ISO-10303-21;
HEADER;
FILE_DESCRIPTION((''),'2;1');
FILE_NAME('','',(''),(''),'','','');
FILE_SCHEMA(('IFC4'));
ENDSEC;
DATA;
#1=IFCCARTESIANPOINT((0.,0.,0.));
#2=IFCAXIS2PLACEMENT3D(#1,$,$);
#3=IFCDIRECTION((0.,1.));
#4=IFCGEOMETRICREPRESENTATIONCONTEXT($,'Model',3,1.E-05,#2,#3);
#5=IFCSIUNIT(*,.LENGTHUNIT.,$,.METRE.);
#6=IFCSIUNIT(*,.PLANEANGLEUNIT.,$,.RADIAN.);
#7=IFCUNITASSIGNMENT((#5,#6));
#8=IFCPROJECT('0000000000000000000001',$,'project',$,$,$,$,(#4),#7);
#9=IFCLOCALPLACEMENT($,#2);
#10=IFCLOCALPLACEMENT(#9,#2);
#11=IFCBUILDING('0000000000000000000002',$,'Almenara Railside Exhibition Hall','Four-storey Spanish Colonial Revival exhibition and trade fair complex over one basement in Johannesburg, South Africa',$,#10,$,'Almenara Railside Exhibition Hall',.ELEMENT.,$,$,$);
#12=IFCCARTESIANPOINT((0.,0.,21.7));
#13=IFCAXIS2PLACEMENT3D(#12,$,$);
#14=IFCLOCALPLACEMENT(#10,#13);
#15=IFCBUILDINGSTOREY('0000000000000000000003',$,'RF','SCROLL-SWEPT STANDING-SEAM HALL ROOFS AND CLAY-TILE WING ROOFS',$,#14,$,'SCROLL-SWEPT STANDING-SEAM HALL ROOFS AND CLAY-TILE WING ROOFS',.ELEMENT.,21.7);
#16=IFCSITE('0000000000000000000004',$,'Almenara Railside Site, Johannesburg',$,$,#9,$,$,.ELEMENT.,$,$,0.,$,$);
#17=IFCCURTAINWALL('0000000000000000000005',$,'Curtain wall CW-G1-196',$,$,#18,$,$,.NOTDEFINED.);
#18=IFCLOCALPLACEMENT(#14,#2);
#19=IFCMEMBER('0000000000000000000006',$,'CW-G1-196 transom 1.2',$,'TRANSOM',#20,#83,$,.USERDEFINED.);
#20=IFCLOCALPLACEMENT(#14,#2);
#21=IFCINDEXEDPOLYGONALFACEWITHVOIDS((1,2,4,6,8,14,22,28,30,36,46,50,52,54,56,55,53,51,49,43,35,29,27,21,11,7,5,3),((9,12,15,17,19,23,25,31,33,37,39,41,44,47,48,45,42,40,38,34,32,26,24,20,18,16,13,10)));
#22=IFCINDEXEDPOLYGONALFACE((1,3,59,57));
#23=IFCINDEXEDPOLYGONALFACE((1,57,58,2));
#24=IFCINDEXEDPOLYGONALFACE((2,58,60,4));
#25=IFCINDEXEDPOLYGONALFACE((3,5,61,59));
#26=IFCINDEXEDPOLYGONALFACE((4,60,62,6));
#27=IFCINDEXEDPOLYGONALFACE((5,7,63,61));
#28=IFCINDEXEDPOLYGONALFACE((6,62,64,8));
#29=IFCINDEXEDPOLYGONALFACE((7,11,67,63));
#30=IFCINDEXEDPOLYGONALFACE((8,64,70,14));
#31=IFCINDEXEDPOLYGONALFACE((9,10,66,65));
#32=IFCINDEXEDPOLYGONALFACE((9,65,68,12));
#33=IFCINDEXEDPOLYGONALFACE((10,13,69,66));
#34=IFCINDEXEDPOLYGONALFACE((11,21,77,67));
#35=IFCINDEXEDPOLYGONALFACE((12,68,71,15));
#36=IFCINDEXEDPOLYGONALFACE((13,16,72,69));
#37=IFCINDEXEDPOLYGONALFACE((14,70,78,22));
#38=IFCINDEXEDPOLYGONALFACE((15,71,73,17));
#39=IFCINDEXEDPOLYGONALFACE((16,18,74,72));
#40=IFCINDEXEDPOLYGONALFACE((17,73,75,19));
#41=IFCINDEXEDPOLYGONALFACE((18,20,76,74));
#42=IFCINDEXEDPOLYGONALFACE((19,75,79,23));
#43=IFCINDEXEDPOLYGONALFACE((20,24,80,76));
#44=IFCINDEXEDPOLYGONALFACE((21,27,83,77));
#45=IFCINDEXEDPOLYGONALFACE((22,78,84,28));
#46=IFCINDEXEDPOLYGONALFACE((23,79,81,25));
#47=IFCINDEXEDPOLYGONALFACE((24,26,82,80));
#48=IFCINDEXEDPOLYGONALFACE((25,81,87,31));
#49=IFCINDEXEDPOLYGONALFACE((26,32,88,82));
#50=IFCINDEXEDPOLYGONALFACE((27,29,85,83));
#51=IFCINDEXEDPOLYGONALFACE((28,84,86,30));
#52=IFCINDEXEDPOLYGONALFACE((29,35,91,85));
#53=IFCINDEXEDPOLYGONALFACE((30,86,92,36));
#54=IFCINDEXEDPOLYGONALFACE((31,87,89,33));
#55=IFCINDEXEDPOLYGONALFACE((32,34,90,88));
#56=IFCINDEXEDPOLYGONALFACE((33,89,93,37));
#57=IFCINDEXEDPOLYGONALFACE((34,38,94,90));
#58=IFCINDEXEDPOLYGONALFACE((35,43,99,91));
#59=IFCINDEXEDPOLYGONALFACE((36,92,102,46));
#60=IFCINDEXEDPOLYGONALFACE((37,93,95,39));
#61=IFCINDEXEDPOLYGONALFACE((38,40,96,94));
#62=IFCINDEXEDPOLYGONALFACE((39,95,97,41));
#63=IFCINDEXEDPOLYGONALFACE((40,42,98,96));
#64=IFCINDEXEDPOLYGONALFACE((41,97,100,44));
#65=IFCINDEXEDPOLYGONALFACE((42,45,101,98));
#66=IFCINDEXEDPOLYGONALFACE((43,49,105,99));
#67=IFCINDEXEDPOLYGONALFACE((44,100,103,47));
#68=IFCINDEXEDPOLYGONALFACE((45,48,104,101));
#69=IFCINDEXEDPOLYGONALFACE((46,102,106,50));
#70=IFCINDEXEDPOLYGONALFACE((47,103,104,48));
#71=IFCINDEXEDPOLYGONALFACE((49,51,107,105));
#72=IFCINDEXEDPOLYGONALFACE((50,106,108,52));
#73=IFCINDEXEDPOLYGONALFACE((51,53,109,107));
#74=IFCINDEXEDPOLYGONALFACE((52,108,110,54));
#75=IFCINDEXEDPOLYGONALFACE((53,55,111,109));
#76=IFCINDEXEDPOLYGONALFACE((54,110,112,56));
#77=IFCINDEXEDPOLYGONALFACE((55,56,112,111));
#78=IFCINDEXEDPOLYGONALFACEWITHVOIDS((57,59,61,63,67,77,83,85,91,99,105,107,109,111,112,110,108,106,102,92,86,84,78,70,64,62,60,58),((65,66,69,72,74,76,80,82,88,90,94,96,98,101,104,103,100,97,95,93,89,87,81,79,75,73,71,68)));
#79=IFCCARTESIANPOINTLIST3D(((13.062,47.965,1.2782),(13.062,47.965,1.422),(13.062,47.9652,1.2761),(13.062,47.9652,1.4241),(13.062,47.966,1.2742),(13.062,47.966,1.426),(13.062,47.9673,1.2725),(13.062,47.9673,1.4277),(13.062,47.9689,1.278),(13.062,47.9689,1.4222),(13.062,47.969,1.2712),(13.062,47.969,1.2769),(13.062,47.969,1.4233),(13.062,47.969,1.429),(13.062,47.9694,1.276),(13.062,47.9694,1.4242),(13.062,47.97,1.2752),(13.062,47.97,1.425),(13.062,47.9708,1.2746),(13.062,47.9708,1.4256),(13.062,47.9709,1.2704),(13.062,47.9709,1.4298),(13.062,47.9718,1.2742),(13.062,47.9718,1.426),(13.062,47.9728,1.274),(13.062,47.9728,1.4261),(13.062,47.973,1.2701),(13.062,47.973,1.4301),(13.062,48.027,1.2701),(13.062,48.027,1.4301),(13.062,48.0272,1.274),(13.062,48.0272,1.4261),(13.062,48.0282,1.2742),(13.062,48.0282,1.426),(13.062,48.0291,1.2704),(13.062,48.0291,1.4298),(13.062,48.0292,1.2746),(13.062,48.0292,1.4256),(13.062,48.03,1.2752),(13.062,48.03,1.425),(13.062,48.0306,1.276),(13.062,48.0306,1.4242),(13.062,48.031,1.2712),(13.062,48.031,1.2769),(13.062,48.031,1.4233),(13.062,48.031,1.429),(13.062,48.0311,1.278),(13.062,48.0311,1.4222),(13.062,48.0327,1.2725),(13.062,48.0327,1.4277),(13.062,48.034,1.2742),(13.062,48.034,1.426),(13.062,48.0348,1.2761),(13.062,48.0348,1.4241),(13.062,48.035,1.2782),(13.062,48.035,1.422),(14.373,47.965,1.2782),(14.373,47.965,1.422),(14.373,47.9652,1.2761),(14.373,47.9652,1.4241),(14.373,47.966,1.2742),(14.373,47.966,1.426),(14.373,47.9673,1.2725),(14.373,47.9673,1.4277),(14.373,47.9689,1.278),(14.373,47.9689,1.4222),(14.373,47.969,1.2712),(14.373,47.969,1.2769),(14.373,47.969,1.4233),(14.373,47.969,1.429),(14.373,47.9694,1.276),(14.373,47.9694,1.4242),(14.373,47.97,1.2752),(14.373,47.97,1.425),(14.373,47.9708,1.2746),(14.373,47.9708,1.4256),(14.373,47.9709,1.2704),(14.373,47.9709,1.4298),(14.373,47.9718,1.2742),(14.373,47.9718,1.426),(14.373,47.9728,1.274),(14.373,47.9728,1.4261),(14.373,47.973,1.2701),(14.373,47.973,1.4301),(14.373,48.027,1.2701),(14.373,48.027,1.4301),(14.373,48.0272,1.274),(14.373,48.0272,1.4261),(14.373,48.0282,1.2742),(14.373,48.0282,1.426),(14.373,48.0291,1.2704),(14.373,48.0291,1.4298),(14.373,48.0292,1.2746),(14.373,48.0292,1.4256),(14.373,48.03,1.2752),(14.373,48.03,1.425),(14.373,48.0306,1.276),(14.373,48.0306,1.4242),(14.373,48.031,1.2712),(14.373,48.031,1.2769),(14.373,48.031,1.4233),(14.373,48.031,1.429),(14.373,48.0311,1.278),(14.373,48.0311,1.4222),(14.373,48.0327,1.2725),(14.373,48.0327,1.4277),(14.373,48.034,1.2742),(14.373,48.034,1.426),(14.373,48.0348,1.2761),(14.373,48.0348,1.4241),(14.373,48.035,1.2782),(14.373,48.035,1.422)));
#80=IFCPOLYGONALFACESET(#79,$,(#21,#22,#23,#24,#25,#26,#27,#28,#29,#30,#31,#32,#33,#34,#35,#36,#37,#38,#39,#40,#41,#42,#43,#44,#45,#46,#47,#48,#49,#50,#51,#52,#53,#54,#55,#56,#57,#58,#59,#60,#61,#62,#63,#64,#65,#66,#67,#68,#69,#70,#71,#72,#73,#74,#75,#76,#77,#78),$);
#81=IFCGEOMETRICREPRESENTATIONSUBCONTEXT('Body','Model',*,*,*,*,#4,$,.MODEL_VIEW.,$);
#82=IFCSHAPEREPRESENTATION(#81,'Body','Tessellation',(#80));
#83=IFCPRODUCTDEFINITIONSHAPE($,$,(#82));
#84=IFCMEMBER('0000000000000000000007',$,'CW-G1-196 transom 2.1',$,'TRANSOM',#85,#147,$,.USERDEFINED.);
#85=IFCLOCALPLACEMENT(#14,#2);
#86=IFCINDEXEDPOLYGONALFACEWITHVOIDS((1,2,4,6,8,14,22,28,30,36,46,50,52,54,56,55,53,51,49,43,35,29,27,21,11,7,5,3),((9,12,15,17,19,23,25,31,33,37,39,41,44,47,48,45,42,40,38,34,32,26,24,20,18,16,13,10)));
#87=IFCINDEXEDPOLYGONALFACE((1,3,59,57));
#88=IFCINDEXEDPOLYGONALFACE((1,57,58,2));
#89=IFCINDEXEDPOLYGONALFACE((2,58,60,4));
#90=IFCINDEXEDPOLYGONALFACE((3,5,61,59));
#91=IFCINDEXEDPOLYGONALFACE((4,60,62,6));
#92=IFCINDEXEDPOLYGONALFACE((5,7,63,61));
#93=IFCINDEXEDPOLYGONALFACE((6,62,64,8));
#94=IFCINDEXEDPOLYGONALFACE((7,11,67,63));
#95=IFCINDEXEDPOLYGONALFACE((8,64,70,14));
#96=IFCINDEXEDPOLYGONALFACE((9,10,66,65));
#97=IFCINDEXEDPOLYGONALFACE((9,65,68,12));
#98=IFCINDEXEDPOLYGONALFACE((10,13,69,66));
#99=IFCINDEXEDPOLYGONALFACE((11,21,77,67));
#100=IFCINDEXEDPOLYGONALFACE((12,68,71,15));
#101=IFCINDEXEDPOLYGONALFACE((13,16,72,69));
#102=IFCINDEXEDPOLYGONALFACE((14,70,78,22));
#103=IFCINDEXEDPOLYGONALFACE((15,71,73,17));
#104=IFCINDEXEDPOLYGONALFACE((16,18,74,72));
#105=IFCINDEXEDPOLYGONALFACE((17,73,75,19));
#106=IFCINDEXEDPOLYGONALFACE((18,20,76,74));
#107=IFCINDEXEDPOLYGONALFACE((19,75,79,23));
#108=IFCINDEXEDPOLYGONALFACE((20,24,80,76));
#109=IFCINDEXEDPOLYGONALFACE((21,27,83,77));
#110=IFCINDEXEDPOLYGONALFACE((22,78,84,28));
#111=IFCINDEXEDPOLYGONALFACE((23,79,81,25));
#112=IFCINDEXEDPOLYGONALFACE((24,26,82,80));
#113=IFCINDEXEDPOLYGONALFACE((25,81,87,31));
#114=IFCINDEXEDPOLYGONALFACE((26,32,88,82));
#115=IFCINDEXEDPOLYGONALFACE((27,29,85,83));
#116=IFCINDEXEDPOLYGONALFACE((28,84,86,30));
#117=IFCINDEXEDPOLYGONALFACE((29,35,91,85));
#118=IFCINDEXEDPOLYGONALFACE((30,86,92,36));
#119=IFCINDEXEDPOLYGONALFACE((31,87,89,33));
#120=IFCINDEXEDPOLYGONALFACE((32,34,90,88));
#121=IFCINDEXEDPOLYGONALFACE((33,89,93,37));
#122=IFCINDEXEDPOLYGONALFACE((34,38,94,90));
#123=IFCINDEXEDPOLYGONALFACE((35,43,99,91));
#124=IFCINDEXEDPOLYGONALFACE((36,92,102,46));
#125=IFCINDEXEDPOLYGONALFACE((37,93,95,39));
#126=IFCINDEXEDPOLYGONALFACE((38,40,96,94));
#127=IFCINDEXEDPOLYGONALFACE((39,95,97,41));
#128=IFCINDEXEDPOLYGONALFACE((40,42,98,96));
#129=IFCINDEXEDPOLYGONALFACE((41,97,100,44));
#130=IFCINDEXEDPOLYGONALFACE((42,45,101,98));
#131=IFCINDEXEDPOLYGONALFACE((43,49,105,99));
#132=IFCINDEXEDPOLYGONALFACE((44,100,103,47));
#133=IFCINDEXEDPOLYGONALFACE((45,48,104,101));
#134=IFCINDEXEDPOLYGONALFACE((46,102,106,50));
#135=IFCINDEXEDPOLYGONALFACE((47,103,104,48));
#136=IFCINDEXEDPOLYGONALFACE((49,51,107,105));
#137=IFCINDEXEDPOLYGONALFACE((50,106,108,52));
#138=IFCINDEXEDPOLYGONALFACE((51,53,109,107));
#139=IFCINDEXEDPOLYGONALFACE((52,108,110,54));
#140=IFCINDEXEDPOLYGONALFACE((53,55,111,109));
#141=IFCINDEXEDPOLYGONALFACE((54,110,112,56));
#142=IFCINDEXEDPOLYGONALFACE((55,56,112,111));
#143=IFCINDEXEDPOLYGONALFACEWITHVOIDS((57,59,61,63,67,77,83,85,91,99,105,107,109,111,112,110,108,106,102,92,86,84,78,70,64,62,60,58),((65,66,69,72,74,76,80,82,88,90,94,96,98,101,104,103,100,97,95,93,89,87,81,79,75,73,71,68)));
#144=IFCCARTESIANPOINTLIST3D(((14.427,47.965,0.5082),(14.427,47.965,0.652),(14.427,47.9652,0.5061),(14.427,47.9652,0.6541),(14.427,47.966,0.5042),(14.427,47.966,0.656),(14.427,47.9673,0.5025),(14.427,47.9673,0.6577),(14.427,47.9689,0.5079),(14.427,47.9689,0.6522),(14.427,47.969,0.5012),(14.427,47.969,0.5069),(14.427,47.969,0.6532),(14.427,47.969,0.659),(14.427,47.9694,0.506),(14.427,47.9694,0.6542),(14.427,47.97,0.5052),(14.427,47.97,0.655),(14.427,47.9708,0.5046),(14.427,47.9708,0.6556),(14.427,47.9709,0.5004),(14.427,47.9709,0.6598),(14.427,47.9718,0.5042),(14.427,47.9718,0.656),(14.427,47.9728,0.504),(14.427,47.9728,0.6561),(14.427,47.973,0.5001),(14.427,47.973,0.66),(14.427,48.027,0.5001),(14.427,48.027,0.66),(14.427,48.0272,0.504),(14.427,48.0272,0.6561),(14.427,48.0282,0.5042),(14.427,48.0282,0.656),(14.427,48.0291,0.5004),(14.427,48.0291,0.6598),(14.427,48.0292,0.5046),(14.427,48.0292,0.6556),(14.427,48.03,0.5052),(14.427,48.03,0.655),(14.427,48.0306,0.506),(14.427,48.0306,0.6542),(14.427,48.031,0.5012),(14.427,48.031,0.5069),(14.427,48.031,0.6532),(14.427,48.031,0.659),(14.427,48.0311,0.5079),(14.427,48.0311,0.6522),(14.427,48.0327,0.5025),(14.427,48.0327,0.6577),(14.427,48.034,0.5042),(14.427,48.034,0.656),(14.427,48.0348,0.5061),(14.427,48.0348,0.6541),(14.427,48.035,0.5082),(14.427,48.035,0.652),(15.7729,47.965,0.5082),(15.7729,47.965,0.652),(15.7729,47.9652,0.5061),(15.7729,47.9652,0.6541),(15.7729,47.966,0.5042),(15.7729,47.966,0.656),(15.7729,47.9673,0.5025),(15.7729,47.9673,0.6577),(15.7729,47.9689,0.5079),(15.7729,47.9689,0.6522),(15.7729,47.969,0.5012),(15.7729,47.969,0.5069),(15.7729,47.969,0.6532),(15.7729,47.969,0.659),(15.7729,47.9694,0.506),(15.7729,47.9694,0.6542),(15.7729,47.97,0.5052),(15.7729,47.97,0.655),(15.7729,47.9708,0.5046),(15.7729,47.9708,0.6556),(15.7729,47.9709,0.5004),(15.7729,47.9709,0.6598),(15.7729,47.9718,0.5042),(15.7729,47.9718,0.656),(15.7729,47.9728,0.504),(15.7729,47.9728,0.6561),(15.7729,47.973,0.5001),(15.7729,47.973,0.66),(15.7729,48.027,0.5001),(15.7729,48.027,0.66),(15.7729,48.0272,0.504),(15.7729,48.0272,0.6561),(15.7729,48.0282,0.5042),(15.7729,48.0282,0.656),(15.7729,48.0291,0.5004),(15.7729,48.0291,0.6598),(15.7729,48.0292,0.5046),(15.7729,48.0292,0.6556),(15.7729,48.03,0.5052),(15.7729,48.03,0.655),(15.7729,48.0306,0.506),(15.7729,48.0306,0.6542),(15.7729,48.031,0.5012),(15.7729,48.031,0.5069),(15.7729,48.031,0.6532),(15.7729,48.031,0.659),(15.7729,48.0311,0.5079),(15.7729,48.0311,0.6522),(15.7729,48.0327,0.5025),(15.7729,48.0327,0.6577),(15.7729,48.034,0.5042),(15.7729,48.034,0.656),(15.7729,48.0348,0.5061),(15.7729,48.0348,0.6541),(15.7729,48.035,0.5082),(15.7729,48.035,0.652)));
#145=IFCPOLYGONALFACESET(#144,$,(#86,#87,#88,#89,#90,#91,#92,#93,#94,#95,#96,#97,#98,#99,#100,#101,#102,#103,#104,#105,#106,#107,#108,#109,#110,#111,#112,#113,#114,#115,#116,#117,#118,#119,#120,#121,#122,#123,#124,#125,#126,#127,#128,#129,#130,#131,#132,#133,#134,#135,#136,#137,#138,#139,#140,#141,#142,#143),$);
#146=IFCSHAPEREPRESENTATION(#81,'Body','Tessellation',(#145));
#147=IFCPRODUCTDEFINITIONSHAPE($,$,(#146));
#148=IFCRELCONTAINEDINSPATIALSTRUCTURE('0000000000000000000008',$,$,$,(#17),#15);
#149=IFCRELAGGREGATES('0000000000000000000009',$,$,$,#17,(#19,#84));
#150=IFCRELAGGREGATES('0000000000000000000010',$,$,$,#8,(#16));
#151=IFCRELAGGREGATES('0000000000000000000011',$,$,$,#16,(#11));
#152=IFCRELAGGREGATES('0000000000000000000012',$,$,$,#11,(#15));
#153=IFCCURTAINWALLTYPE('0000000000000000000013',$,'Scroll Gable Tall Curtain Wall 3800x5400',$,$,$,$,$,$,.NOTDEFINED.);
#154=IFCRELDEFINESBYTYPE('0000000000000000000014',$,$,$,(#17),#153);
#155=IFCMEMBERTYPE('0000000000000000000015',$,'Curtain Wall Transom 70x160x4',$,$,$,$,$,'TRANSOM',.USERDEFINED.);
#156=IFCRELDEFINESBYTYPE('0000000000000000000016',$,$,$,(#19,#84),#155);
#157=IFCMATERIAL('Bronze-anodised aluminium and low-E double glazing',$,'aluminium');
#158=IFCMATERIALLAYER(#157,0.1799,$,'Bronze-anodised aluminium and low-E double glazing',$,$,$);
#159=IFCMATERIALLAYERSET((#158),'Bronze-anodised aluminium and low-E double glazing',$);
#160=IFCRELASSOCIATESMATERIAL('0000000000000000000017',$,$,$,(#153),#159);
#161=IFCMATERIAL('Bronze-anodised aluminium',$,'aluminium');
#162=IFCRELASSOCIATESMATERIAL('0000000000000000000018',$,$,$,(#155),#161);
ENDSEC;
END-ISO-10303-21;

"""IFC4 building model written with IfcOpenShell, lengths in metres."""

from ifc_helpers import new_model, si_unit, direction, frame, origin, origin_2d, place, context, subcontext, project, spatial, hollow_rectangle, extrude, material, layer, layer_set, material_profile, profile_set, type_object, element, aggregate, save


model = new_model("IFC4")

# Units and contexts
model_context = context("Model", 3, precision=1e-05, world=origin(), true_north=direction((0.0, 1.0)))
body_context = subcontext(model_context, "Body", "Model", "MODEL_VIEW")
ifc_project = project(units=[si_unit("LENGTHUNIT", "METRE"), si_unit("PLANEANGLEUNIT", "RADIAN")], contexts=[model_context])

# Site, building, storey
site_placement = place(None, origin())
site = spatial("IfcSite", under=ifc_project, at=site_placement, Name="Almenara Railside Site, Johannesburg", CompositionType="ELEMENT", RefElevation=0.0)
building_placement = place(site_placement, origin())
building = spatial("IfcBuilding", under=site, at=building_placement, Name="Almenara Railside Exhibition Hall", Description="Four-storey Spanish Colonial Revival exhibition and trade fair complex over one basement in Johannesburg, South Africa", LongName="Almenara Railside Exhibition Hall", CompositionType="ELEMENT")
storey_placement = place(building_placement, frame((0.0, 0.0, 21.7)))
storey = spatial("IfcBuildingStorey", under=building, at=storey_placement, Name="RF", Description="SCROLL-SWEPT STANDING-SEAM HALL ROOFS AND CLAY-TILE WING ROOFS", LongName="SCROLL-SWEPT STANDING-SEAM HALL ROOFS AND CLAY-TILE WING ROOFS", CompositionType="ELEMENT", Elevation=21.7)

# Shared definitions
ifc_material_1 = material(Name="Bronze-anodised aluminium and low-E double glazing", Category="aluminium")
ifc_material_2 = material(Name="Bronze-anodised aluminium", Category="aluminium")

# Curtain wall
ifc_layer_1 = layer(ifc_material_1, 0.1799, Name="Bronze-anodised aluminium and low-E double glazing")
ifc_layer_set_1 = layer_set([ifc_layer_1], Name="Bronze-anodised aluminium and low-E double glazing")
curtain_wall_type_1 = type_object("IfcCurtainWallType", Name="Scroll Gable Tall Curtain Wall 3800x5400", PredefinedType="NOTDEFINED", material=ifc_layer_set_1)
curtain_wall_1_placement = place(storey_placement, origin())
curtain_wall_1 = element("IfcCurtainWall", 1, at=curtain_wall_1_placement, inside=storey, type_object=curtain_wall_type_1, Name="Curtain wall CW-G1-196", PredefinedType="NOTDEFINED")

# Members
ifc_material_profile_1 = material_profile(ifc_material_2, hollow_rectangle(XDim=0.0701, YDim=0.1599, WallThickness=0.0039, InnerFilletRadius=0.0039, OuterFilletRadius=0.0081, at=origin_2d()), Name="ALU-TRN 70x160x4")
ifc_profile_set_1 = profile_set([ifc_material_profile_1], Name="Bronze-anodised aluminium")
member_type_1 = type_object("IfcMemberType", Name="Curtain Wall Transom 70x160x4", ElementType="TRANSOM", PredefinedType="USERDEFINED", material=ifc_profile_set_1)
member_1_placement = place(storey_placement, frame((13.062, 48.0, 1.3501), z_axis=(1.0, 0.0, 0.0), x_axis=(0.0, 1.0, 0.0)))
member_1 = element("IfcMember", 2, at=member_1_placement, type_object=member_type_1, Name="CW-G1-196 transom 1.2", ObjectType="TRANSOM", PredefinedType="USERDEFINED", context=body_context, shape_type="SweptSolid", body=[
    extrude(hollow_rectangle(XDim=0.0701, YDim=0.1599, WallThickness=0.0039, InnerFilletRadius=0.0039, OuterFilletRadius=0.0081, at=origin_2d()), origin(), (0.0, 0.0, 1.0), 1.311),
])
member_2_placement = place(storey_placement, frame((14.427, 48.0, 0.5801), z_axis=(1.0, 0.0, 0.0), x_axis=(0.0, 1.0, 0.0)))
member_2 = element("IfcMember", 3, at=member_2_placement, type_object=member_type_1, Name="CW-G1-196 transom 2.1", ObjectType="TRANSOM", PredefinedType="USERDEFINED", context=body_context, shape_type="SweptSolid", body=[
    extrude(hollow_rectangle(XDim=0.0701, YDim=0.1599, WallThickness=0.0039, InnerFilletRadius=0.0039, OuterFilletRadius=0.0081, at=origin_2d()), origin(), (0.0, 0.0, 1.0), 1.3459),
])

aggregate(curtain_wall_1, [member_1, member_2])

save(model, "model.ifc")
